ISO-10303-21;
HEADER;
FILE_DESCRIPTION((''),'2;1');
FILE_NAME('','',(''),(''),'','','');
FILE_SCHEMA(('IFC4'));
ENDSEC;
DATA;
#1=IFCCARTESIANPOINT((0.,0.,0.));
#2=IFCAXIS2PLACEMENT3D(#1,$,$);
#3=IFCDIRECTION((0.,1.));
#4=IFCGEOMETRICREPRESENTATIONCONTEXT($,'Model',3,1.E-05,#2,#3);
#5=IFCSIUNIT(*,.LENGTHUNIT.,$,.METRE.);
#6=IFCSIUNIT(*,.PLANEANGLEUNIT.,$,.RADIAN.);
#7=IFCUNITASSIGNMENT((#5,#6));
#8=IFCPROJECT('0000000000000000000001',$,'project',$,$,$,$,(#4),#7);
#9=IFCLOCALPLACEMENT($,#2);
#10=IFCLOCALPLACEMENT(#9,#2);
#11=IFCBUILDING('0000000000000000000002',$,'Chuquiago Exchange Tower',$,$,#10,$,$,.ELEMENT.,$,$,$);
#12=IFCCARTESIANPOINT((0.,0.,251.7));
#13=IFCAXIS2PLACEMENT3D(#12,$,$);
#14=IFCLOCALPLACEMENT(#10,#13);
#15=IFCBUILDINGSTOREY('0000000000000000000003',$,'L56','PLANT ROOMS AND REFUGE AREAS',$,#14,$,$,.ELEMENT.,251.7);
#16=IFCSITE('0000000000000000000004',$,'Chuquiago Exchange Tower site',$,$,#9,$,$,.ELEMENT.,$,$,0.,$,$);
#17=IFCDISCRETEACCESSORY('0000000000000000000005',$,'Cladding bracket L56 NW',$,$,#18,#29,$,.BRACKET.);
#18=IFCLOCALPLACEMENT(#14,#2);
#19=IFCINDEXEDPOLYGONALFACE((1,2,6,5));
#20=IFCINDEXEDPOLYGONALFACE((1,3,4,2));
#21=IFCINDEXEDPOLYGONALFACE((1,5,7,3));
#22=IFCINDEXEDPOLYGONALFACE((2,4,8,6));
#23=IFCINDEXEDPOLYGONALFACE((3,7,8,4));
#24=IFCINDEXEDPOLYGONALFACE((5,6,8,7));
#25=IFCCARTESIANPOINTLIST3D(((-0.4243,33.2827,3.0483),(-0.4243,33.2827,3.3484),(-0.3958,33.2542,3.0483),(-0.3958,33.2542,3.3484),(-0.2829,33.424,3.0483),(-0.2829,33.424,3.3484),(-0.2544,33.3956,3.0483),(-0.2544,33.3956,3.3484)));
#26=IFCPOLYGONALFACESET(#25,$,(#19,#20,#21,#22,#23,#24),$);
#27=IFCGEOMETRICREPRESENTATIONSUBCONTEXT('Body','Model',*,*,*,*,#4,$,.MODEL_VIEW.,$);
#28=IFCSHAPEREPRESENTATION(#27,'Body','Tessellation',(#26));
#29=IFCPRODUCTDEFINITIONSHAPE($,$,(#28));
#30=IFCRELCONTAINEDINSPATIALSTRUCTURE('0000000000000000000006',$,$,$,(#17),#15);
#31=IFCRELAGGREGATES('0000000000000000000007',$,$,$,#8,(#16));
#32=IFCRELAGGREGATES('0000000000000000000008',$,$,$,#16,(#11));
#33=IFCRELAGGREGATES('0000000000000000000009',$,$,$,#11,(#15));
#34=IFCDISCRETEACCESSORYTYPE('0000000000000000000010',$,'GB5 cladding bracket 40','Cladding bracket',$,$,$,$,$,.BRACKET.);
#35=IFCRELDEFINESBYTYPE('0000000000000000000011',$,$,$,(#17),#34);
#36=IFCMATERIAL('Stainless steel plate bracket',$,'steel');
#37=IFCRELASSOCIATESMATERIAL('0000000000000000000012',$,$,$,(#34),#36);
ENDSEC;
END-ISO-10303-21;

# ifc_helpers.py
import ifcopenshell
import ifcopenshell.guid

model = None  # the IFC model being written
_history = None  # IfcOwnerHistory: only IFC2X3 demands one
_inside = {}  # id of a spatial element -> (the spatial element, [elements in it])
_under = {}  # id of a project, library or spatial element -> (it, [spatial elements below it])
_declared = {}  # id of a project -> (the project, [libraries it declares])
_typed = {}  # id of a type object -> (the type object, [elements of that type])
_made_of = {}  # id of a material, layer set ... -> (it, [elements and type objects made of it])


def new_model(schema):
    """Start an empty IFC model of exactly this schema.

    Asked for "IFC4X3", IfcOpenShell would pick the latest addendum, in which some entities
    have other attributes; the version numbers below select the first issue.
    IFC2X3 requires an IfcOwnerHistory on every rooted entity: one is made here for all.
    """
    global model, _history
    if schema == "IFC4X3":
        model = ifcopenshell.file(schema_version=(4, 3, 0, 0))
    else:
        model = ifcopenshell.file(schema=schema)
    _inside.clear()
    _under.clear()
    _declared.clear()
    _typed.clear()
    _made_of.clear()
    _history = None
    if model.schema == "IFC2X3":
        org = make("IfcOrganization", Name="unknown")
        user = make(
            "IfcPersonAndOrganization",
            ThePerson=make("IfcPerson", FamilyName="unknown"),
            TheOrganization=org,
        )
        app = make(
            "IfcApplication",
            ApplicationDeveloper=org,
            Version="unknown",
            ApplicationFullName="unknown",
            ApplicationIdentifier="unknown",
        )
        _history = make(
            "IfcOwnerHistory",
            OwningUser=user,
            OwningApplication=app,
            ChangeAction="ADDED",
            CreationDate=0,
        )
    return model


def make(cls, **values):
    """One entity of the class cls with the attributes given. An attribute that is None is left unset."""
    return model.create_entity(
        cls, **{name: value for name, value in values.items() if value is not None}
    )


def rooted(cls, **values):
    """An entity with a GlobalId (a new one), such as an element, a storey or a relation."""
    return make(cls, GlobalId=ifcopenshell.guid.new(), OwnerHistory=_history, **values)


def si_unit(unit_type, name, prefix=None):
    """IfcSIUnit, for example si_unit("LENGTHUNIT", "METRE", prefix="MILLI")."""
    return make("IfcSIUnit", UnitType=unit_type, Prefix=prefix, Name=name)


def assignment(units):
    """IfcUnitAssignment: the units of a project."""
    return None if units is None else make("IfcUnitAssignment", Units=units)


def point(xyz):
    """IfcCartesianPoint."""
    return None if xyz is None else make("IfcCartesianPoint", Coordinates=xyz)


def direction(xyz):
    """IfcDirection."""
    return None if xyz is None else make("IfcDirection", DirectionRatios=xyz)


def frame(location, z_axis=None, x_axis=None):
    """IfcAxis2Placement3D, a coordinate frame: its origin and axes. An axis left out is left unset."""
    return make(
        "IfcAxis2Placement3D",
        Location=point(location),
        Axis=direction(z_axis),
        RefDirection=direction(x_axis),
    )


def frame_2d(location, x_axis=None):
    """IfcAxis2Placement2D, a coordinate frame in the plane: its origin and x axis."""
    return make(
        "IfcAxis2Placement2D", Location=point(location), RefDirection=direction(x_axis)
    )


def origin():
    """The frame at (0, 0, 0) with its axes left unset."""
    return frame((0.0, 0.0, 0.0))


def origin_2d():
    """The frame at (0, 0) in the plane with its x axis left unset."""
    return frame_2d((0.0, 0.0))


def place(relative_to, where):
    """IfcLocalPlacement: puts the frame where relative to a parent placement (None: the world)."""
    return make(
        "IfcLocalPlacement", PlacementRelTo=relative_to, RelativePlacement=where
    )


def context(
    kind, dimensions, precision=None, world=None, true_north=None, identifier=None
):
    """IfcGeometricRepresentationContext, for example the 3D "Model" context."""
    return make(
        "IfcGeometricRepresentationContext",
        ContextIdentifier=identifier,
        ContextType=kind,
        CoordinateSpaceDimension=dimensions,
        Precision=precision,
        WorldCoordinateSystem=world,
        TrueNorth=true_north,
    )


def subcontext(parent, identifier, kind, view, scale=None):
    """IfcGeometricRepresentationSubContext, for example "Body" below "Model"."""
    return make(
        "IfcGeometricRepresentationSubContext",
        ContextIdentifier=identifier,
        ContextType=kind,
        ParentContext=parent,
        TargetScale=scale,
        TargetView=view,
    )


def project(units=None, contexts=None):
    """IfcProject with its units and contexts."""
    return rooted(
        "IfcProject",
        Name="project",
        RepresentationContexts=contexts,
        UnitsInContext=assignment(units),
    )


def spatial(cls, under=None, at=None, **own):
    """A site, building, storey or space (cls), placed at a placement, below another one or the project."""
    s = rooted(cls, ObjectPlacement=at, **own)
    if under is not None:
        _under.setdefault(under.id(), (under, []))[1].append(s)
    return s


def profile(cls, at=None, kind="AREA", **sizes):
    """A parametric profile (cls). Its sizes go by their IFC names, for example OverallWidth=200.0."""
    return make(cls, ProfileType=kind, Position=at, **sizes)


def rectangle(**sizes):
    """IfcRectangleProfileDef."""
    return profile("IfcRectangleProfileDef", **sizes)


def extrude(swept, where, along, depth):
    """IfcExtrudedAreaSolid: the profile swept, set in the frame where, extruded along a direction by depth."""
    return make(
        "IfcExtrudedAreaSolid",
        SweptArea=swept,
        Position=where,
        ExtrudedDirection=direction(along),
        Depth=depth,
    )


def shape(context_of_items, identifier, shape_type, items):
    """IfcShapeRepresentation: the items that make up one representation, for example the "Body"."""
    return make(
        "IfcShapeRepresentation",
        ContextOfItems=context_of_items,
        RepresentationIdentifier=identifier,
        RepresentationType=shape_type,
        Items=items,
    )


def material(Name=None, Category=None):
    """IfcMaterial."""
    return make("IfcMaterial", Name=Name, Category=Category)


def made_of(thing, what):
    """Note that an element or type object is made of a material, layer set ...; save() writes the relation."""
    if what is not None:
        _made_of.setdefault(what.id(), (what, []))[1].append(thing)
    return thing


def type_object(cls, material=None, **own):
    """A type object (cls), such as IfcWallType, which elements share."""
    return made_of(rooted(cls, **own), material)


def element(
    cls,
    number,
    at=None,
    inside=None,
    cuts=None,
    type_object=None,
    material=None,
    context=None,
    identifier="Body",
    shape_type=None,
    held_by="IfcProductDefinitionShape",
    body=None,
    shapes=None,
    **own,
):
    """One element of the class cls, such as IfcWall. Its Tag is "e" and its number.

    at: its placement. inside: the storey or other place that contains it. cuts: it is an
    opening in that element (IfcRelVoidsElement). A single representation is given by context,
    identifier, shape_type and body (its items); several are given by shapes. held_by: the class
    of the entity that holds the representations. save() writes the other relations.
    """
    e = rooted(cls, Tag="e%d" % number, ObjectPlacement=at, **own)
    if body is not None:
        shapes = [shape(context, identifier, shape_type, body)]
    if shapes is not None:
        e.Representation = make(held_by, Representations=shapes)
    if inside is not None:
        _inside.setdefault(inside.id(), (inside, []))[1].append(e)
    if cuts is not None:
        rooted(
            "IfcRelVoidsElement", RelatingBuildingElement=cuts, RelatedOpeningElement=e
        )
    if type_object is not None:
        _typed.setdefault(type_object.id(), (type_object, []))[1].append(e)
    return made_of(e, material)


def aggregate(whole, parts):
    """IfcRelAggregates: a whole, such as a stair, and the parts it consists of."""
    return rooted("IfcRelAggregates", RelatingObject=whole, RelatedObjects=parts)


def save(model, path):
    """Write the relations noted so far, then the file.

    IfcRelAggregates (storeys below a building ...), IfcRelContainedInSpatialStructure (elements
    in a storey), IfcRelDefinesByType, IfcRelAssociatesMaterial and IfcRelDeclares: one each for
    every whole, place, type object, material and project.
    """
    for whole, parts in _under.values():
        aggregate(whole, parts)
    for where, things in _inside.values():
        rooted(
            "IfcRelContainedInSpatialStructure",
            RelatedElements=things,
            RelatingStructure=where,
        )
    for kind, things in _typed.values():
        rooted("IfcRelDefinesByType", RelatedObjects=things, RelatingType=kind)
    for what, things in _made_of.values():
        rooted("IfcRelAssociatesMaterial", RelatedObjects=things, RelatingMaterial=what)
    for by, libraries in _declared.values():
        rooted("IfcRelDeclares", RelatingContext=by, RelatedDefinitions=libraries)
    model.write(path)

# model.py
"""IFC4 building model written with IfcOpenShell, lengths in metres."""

from ifc_helpers import new_model, si_unit, direction, frame, origin, origin_2d, place, context, subcontext, project, spatial, rectangle, extrude, material, type_object, element, save


model = new_model("IFC4")

# Units and contexts
model_context = context("Model", 3, precision=1e-05, world=origin(), true_north=direction((0.0, 1.0)))
body_context = subcontext(model_context, "Body", "Model", "MODEL_VIEW")
ifc_project = project(units=[si_unit("LENGTHUNIT", "METRE"), si_unit("PLANEANGLEUNIT", "RADIAN")], contexts=[model_context])

# Site, building, storey
site_placement = place(None, origin())
site = spatial("IfcSite", under=ifc_project, at=site_placement, Name="Chuquiago Exchange Tower site", CompositionType="ELEMENT", RefElevation=0.0)
building_placement = place(site_placement, origin())
building = spatial("IfcBuilding", under=site, at=building_placement, Name="Chuquiago Exchange Tower", CompositionType="ELEMENT")
storey_placement = place(building_placement, frame((0.0, 0.0, 251.7)))
storey = spatial("IfcBuildingStorey", under=building, at=storey_placement, Name="L56", Description="PLANT ROOMS AND REFUGE AREAS", CompositionType="ELEMENT", Elevation=251.7)

# Discrete accessory
ifc_material_1 = material(Name="Stainless steel plate bracket", Category="steel")
discrete_accessory_type_1 = type_object("IfcDiscreteAccessoryType", Name="GB5 cladding bracket 40", Description="Cladding bracket", PredefinedType="BRACKET", material=ifc_material_1)
for number, where, z_axis, x_axis, name in (
    (1, (-0.3394, 33.3391, 3.0483), (0.0, 0.0, 1.0), (-0.707107, -0.707107, 0.0), "Cladding bracket L56 NW"),
):
    element("IfcDiscreteAccessory", number, at=place(storey_placement, frame(where, z_axis=z_axis, x_axis=x_axis)), inside=storey, type_object=discrete_accessory_type_1, Name=name, PredefinedType="BRACKET", context=body_context, shape_type="SweptSolid", body=[
        extrude(rectangle(XDim=0.2, YDim=0.0403, at=origin_2d()), origin(), (0.0, 0.0, 1.0), 0.3),
    ])

save(model, "model.ifc")
